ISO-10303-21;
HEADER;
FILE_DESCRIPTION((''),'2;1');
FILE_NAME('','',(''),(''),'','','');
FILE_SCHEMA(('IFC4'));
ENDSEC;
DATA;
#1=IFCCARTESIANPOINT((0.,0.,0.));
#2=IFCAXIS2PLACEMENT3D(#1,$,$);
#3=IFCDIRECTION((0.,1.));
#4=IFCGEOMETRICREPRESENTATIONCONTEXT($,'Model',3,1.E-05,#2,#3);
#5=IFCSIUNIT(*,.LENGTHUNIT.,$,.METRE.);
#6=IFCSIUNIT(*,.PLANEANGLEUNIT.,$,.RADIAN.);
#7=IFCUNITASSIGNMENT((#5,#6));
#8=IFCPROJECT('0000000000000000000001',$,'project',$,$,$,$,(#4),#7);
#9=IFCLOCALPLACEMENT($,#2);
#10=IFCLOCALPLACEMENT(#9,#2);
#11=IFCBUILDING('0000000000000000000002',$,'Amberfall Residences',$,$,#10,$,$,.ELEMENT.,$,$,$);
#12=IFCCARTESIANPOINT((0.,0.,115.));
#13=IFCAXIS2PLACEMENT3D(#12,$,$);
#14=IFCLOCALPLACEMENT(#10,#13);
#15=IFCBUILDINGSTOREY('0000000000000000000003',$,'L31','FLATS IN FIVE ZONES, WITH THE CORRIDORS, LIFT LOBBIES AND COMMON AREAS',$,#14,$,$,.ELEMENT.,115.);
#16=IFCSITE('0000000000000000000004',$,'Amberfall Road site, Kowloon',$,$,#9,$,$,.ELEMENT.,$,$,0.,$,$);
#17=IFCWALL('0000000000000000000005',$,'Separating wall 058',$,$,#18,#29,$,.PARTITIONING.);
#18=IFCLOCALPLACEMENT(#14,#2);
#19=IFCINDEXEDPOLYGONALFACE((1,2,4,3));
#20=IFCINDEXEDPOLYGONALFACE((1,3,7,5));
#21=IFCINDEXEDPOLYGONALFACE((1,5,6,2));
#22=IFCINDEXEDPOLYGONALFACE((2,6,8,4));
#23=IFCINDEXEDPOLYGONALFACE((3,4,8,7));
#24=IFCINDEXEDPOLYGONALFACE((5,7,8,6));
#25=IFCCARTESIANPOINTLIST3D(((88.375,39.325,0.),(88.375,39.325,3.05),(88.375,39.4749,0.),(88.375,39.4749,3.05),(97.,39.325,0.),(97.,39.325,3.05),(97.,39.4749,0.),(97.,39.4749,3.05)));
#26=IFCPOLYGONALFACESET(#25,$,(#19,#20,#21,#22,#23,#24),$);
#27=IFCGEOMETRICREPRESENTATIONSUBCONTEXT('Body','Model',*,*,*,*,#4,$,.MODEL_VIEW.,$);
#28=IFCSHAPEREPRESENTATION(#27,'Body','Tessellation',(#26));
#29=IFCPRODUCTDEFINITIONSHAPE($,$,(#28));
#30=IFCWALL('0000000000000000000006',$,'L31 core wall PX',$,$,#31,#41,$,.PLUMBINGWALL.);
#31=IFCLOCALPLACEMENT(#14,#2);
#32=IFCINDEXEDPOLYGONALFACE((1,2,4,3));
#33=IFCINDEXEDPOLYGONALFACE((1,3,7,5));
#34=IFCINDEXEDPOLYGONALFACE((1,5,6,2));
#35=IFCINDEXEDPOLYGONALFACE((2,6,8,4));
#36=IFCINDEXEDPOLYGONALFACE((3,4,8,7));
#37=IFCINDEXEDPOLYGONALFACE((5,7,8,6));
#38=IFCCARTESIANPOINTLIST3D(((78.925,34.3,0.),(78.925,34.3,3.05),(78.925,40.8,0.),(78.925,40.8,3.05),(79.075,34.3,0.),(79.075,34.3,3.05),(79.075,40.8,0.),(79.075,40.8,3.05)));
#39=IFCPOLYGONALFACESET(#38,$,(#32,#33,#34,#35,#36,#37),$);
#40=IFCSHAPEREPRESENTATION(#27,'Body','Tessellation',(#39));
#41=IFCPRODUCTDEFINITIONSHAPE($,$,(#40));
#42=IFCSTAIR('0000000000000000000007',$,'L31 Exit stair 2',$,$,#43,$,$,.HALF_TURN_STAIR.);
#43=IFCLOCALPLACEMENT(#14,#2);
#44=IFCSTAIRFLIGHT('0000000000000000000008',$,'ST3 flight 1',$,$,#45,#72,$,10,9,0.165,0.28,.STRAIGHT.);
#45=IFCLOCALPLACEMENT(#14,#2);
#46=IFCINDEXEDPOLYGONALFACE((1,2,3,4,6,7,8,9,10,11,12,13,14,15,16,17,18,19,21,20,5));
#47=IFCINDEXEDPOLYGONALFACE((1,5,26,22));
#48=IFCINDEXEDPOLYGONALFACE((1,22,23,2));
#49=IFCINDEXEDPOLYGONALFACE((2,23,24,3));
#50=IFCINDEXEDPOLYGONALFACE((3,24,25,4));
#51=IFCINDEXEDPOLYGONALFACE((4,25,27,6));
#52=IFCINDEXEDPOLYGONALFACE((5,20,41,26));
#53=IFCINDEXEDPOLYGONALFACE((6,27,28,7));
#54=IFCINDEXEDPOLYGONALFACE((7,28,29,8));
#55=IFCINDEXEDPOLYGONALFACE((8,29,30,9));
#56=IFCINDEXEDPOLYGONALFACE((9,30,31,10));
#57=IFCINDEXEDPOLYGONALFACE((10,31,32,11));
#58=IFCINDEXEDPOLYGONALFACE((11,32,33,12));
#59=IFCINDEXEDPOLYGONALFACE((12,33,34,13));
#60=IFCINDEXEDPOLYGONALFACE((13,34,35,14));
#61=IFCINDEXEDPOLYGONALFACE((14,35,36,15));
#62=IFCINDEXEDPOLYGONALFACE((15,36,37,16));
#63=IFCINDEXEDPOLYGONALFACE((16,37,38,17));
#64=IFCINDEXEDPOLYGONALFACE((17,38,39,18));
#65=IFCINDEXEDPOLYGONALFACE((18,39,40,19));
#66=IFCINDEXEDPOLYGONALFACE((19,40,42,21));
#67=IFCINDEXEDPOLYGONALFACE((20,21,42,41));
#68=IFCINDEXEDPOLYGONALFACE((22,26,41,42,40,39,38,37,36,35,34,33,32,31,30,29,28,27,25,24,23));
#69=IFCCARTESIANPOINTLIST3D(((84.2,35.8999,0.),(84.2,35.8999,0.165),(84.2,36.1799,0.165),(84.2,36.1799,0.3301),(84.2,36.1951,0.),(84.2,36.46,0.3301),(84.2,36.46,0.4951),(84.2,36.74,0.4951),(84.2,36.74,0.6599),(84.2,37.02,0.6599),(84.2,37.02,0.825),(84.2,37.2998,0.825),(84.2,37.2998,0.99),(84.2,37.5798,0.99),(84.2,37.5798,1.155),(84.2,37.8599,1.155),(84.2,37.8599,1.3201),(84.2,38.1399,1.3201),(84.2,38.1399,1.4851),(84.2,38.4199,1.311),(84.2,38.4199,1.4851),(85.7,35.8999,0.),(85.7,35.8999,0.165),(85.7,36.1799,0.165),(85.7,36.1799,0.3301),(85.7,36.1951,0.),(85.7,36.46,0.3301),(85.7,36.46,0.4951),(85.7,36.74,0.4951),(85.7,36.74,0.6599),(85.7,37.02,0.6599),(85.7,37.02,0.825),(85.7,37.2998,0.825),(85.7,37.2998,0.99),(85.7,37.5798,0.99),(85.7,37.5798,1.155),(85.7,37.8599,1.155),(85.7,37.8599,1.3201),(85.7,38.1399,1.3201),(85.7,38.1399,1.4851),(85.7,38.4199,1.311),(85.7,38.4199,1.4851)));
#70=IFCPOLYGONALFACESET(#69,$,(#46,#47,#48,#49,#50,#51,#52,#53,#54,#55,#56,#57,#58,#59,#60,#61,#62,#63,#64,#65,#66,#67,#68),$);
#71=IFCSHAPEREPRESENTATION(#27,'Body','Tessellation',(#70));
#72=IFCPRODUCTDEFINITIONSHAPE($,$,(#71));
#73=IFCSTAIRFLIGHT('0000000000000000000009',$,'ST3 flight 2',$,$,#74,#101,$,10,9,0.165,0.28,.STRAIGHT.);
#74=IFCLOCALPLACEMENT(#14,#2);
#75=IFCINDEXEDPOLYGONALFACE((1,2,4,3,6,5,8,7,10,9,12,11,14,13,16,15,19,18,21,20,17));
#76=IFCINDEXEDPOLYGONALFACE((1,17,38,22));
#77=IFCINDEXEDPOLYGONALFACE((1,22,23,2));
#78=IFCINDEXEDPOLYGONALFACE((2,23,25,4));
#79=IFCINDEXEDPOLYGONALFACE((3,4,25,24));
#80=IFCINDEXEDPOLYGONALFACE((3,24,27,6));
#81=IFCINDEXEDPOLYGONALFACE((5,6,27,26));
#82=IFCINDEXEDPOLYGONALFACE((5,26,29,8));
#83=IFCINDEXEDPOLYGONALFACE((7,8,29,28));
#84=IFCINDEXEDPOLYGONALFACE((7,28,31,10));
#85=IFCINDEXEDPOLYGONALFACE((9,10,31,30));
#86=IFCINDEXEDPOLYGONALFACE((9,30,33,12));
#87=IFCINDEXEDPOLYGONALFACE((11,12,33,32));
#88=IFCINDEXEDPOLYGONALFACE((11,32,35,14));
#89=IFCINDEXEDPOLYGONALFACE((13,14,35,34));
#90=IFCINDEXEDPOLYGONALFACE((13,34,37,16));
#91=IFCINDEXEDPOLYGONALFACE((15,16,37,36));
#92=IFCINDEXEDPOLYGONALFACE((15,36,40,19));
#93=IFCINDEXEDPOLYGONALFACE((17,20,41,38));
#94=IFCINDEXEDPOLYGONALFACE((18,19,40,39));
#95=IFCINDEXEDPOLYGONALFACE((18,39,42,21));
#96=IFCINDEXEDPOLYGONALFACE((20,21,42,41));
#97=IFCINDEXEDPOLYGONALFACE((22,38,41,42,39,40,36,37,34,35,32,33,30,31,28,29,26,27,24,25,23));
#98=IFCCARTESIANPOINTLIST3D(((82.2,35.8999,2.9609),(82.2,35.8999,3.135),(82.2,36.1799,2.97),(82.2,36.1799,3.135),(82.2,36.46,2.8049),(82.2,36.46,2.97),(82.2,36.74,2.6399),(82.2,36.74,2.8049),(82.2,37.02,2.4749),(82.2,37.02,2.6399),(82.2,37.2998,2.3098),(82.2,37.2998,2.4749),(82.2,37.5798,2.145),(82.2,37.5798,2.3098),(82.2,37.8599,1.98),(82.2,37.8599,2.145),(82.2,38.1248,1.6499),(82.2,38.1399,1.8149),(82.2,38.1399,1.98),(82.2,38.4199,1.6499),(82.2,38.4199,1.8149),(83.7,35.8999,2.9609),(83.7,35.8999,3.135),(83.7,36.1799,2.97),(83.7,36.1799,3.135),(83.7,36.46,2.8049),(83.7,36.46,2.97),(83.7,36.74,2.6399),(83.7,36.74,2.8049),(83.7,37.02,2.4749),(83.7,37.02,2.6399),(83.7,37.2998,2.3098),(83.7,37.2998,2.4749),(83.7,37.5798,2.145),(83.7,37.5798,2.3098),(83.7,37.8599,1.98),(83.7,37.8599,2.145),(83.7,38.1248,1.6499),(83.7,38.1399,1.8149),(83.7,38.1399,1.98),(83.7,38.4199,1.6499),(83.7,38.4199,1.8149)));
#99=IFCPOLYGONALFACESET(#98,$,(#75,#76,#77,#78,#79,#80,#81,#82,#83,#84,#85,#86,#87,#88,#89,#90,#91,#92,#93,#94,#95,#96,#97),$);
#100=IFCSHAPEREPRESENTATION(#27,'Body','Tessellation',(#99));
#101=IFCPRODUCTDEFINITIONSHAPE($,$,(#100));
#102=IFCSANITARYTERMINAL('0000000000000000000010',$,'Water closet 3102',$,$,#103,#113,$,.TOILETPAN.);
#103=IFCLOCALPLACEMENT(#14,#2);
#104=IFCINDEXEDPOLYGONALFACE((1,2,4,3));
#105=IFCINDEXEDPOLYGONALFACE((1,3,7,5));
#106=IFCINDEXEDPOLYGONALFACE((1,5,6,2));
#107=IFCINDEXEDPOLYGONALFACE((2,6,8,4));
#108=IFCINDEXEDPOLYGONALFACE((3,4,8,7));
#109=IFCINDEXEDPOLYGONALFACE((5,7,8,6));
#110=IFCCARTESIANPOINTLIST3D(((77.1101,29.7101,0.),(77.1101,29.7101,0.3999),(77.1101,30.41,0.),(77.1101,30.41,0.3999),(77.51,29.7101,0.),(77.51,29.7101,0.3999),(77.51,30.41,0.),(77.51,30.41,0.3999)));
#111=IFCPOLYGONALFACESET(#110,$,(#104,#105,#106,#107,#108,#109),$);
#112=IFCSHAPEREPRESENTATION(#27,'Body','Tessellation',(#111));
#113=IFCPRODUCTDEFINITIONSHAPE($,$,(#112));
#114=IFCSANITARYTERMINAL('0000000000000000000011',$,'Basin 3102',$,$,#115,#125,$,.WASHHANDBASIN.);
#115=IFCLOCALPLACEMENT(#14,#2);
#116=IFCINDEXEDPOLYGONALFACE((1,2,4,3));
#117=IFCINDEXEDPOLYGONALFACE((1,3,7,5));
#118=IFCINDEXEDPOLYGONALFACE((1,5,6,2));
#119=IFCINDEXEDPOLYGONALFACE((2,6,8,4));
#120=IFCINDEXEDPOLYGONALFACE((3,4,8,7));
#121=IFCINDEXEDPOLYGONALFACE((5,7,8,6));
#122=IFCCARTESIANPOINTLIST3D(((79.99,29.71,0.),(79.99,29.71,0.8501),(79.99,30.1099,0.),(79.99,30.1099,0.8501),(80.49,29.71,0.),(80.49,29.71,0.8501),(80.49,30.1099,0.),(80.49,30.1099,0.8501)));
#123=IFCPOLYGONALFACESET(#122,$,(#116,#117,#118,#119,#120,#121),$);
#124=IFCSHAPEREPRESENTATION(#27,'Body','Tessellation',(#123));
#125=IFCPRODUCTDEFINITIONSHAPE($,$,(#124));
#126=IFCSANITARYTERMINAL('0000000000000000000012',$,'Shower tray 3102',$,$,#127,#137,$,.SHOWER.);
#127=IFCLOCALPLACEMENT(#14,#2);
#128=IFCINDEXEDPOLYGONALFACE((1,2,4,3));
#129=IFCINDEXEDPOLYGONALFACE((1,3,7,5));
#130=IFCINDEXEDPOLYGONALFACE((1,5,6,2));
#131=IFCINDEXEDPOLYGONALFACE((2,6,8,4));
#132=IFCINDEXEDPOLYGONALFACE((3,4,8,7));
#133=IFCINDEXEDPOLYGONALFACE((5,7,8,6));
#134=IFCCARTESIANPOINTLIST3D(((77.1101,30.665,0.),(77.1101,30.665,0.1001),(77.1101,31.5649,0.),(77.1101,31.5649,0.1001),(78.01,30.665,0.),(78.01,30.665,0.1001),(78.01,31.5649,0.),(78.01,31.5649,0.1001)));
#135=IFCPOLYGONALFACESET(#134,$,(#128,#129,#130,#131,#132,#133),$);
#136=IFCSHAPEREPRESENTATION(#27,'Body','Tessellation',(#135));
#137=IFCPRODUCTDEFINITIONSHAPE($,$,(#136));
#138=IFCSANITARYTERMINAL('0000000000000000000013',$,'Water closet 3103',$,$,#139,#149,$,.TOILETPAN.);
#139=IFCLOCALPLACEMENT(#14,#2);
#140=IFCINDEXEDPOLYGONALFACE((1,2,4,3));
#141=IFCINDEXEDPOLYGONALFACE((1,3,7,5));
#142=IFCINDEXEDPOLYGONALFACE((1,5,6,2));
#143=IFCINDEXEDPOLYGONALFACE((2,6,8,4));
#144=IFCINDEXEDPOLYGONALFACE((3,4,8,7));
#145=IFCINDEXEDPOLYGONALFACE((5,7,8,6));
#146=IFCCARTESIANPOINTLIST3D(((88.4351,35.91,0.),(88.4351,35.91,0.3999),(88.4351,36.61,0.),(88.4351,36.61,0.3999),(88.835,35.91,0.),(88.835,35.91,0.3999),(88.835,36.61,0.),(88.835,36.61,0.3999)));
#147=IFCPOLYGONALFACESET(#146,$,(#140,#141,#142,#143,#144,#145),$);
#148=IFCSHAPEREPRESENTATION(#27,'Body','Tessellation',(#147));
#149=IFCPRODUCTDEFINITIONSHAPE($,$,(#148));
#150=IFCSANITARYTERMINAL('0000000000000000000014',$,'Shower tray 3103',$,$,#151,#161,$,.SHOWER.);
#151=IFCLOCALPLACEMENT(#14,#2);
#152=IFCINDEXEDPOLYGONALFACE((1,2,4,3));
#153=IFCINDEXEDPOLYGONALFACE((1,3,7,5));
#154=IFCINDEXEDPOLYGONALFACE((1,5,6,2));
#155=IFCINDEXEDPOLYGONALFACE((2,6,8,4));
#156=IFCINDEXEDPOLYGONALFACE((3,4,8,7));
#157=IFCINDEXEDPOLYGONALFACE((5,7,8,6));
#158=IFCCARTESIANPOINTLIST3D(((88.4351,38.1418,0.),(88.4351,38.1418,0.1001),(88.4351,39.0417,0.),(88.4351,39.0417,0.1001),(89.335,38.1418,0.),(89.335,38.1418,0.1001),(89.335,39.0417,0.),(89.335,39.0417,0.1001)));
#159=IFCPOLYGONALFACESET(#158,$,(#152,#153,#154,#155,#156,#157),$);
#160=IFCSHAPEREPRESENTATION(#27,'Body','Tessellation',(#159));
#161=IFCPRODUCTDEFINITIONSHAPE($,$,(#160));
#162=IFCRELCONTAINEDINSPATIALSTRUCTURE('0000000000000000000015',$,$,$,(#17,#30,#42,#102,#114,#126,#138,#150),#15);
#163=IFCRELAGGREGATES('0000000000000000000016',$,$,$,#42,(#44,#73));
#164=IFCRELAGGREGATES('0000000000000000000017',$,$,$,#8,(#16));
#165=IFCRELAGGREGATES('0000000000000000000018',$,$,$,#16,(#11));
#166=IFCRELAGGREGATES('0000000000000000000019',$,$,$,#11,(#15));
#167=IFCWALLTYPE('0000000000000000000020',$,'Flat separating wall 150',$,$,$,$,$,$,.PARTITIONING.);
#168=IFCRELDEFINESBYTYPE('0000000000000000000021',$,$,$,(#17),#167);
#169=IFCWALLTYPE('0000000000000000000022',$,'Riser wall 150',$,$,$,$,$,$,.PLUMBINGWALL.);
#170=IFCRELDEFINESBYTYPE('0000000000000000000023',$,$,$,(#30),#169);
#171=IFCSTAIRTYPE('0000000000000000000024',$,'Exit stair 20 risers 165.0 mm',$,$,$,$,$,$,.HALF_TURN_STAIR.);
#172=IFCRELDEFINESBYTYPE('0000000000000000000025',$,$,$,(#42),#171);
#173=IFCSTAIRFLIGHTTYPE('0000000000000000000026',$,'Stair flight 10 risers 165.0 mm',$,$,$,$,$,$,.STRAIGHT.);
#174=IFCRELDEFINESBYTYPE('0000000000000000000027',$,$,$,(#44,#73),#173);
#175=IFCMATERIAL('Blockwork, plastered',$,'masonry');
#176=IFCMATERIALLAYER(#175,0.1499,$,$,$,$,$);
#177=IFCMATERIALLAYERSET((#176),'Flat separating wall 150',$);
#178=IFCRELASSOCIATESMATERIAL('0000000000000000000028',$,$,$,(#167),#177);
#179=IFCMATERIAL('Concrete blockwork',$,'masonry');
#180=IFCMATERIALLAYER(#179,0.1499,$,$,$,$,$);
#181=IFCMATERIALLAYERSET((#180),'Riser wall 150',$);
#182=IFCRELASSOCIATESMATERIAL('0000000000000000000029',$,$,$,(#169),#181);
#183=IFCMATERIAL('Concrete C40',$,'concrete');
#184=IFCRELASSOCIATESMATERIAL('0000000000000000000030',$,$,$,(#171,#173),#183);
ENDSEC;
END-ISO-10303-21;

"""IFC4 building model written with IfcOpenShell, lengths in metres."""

from ifc_helpers import new_model, si_unit, direction, frame, frame_2d, origin, origin_2d, place, context, subcontext, project, spatial, polyline, rectangle, outline, extrude, material, layer, layer_set, type_object, element, aggregate, save


model = new_model("IFC4")

# Units and contexts
model_context = context("Model", 3, precision=1e-05, world=origin(), true_north=direction((0.0, 1.0)))
body_context = subcontext(model_context, "Body", "Model", "MODEL_VIEW")
ifc_project = project(units=[si_unit("LENGTHUNIT", "METRE"), si_unit("PLANEANGLEUNIT", "RADIAN")], contexts=[model_context])

# Site, building, storey
site_placement = place(None, origin())
site = spatial("IfcSite", under=ifc_project, at=site_placement, Name="Amberfall Road site, Kowloon", CompositionType="ELEMENT", RefElevation=0.0)
building_placement = place(site_placement, origin())
building = spatial("IfcBuilding", under=site, at=building_placement, Name="Amberfall Residences", CompositionType="ELEMENT")
storey_placement = place(building_placement, frame((0.0, 0.0, 115.0)))
storey = spatial("IfcBuildingStorey", under=building, at=storey_placement, Name="L31", Description="FLATS IN FIVE ZONES, WITH THE CORRIDORS, LIFT LOBBIES AND COMMON AREAS", CompositionType="ELEMENT", Elevation=115.0)

# Walls
ifc_material_1 = material(Name="Blockwork, plastered", Category="masonry")
ifc_layer_1 = layer(ifc_material_1, 0.1499)
ifc_layer_set_1 = layer_set([ifc_layer_1], Name="Flat separating wall 150")
wall_type_1 = type_object("IfcWallType", Name="Flat separating wall 150", PredefinedType="PARTITIONING", material=ifc_layer_set_1)
wall_1_placement = place(storey_placement, frame((88.375, 39.3999, 0.0), z_axis=(0.0, 0.0, 1.0), x_axis=(1.0, 0.0, 0.0)))
element("IfcWall", 1, at=wall_1_placement, inside=storey, type_object=wall_type_1, Name="Separating wall 058", PredefinedType="PARTITIONING", context=body_context, shape_type="SweptSolid", body=[
    extrude(rectangle(XDim=8.625, YDim=0.1499, at=frame_2d((4.3125, 0.0))), origin(), (0.0, 0.0, 1.0), 3.05),
])
ifc_material_2 = material(Name="Concrete blockwork", Category="masonry")
ifc_layer_2 = layer(ifc_material_2, 0.1499)
ifc_layer_set_2 = layer_set([ifc_layer_2], Name="Riser wall 150")
wall_type_2 = type_object("IfcWallType", Name="Riser wall 150", PredefinedType="PLUMBINGWALL", material=ifc_layer_set_2)
wall_2_placement = place(storey_placement, frame((79.0, 34.3, 0.0), z_axis=(0.0, 0.0, 1.0), x_axis=(0.0, 1.0, 0.0)))
element("IfcWall", 2, at=wall_2_placement, inside=storey, type_object=wall_type_2, Name="L31 core wall PX", PredefinedType="PLUMBINGWALL", context=body_context, shape_type="SweptSolid", body=[
    extrude(rectangle(XDim=6.5, YDim=0.1499, at=frame_2d((3.25, 0.0))), origin(), (0.0, 0.0, 1.0), 3.05),
])

# Stair, stair flights
ifc_material_3 = material(Name="Concrete C40", Category="concrete")
stair_type = type_object("IfcStairType", Name="Exit stair 20 risers 165.0 mm", PredefinedType="HALF_TURN_STAIR", material=ifc_material_3)
stair_placement = place(storey_placement, origin())
stair = element("IfcStair", 3, at=stair_placement, inside=storey, type_object=stair_type, Name="L31 Exit stair 2", PredefinedType="HALF_TURN_STAIR")
stair_flight_type = type_object("IfcStairFlightType", Name="Stair flight 10 risers 165.0 mm", PredefinedType="STRAIGHT", material=ifc_material_3)
stair_flight_1_placement = place(storey_placement, frame((84.95, 35.8999, 0.0), z_axis=(0.0, 0.0, 1.0), x_axis=(0.0, 1.0, 0.0)))
stair_flight_1 = element("IfcStairFlight", 4, at=stair_flight_1_placement, type_object=stair_flight_type, Name="ST3 flight 1", NumberOfRisers=10, NumberOfTreads=9, PredefinedType="STRAIGHT", RiserHeight=0.165, TreadLength=0.28, context=body_context, shape_type="SweptSolid", body=[
    extrude(outline(polyline([(0.0, 0.0), (0.0, 0.165), (0.28, 0.165), (0.28, 0.3301), (0.5601, 0.3301), (0.5601, 0.4951), (0.8401, 0.4951), (0.8401, 0.6599), (1.1201, 0.6599), (1.1201, 0.825), (1.3999, 0.825), (1.3999, 0.99), (1.6799, 0.99), (1.6799, 1.155), (1.96, 1.155), (1.96, 1.3201), (2.24, 1.3201), (2.24, 1.4851), (2.52, 1.4851), (2.52, 1.6499), (2.52, 1.311), (0.2952, 0.0), (0.0, 0.0)])), frame((0.0, 0.75, 0.0), z_axis=(0.0, -1.0, 0.0), x_axis=(1.0, 0.0, 0.0)), (0.0, 0.0, 1.0), 1.5),
])
stair_flight_2_placement = place(storey_placement, frame((82.95, 38.4199, 1.6499), z_axis=(0.0, 0.0, 1.0), x_axis=(0.0, -1.0, 0.0)))
stair_flight_2 = element("IfcStairFlight", 5, at=stair_flight_2_placement, type_object=stair_flight_type, Name="ST3 flight 2", NumberOfRisers=10, NumberOfTreads=9, PredefinedType="STRAIGHT", RiserHeight=0.165, TreadLength=0.28, context=body_context, shape_type="SweptSolid", body=[
    extrude(outline(polyline([(0.0, 0.0), (0.0, 0.165), (0.28, 0.165), (0.28, 0.3301), (0.5601, 0.3301), (0.5601, 0.4951), (0.8401, 0.4951), (0.8401, 0.6599), (1.1201, 0.6599), (1.1201, 0.825), (1.3999, 0.825), (1.3999, 0.99), (1.6799, 0.99), (1.6799, 1.155), (1.96, 1.155), (1.96, 1.3201), (2.24, 1.3201), (2.24, 1.4851), (2.52, 1.4851), (2.52, 1.6499), (2.52, 1.311), (0.2952, 0.0), (0.0, 0.0)])), frame((0.0, 0.75, 0.0), z_axis=(0.0, -1.0, 0.0), x_axis=(1.0, 0.0, 0.0)), (0.0, 0.0, 1.0), 1.5),
])
aggregate(stair, [stair_flight_1, stair_flight_2])

# Sanitary terminals
sanitary_terminal_1_placement = place(storey_placement, frame((77.3101, 30.0601, 0.0), z_axis=(0.0, 0.0, 1.0), x_axis=(1.0, 0.0, 0.0)))
element("IfcSanitaryTerminal", 6, at=sanitary_terminal_1_placement, inside=storey, Name="Water closet 3102", PredefinedType="TOILETPAN", context=body_context, shape_type="SweptSolid", body=[
    extrude(rectangle(XDim=0.3999, YDim=0.7, at=origin_2d()), origin(), (0.0, 0.0, 1.0), 0.3999),
])
sanitary_terminal_2_placement = place(storey_placement, frame((80.24, 29.9099, 0.0), z_axis=(0.0, 0.0, 1.0), x_axis=(1.0, 0.0, 0.0)))
element("IfcSanitaryTerminal", 7, at=sanitary_terminal_2_placement, inside=storey, Name="Basin 3102", PredefinedType="WASHHANDBASIN", context=body_context, shape_type="SweptSolid", body=[
    extrude(rectangle(XDim=0.5, YDim=0.3999, at=origin_2d()), origin(), (0.0, 0.0, 1.0), 0.8501),
])
sanitary_terminal_3_placement = place(storey_placement, frame((77.5601, 31.115, 0.0), z_axis=(0.0, 0.0, 1.0), x_axis=(1.0, 0.0, 0.0)))
element("IfcSanitaryTerminal", 8, at=sanitary_terminal_3_placement, inside=storey, Name="Shower tray 3102", PredefinedType="SHOWER", context=body_context, shape_type="SweptSolid", body=[
    extrude(rectangle(XDim=0.8999, YDim=0.8999, at=origin_2d()), origin(), (0.0, 0.0, 1.0), 0.1001),
])
sanitary_terminal_4_placement = place(storey_placement, frame((88.635, 36.26, 0.0), z_axis=(0.0, 0.0, 1.0), x_axis=(1.0, 0.0, 0.0)))
element("IfcSanitaryTerminal", 9, at=sanitary_terminal_4_placement, inside=storey, Name="Water closet 3103", PredefinedType="TOILETPAN", context=body_context, shape_type="SweptSolid", body=[
    extrude(rectangle(XDim=0.3999, YDim=0.7, at=origin_2d()), origin(), (0.0, 0.0, 1.0), 0.3999),
])
sanitary_terminal_5_placement = place(storey_placement, frame((88.885, 38.5918, 0.0), z_axis=(0.0, 0.0, 1.0), x_axis=(1.0, 0.0, 0.0)))
element("IfcSanitaryTerminal", 10, at=sanitary_terminal_5_placement, inside=storey, Name="Shower tray 3103", PredefinedType="SHOWER", context=body_context, shape_type="SweptSolid", body=[
    extrude(rectangle(XDim=0.8999, YDim=0.8999, at=origin_2d()), origin(), (0.0, 0.0, 1.0), 0.1001),
])

save(model, "model.ifc")
